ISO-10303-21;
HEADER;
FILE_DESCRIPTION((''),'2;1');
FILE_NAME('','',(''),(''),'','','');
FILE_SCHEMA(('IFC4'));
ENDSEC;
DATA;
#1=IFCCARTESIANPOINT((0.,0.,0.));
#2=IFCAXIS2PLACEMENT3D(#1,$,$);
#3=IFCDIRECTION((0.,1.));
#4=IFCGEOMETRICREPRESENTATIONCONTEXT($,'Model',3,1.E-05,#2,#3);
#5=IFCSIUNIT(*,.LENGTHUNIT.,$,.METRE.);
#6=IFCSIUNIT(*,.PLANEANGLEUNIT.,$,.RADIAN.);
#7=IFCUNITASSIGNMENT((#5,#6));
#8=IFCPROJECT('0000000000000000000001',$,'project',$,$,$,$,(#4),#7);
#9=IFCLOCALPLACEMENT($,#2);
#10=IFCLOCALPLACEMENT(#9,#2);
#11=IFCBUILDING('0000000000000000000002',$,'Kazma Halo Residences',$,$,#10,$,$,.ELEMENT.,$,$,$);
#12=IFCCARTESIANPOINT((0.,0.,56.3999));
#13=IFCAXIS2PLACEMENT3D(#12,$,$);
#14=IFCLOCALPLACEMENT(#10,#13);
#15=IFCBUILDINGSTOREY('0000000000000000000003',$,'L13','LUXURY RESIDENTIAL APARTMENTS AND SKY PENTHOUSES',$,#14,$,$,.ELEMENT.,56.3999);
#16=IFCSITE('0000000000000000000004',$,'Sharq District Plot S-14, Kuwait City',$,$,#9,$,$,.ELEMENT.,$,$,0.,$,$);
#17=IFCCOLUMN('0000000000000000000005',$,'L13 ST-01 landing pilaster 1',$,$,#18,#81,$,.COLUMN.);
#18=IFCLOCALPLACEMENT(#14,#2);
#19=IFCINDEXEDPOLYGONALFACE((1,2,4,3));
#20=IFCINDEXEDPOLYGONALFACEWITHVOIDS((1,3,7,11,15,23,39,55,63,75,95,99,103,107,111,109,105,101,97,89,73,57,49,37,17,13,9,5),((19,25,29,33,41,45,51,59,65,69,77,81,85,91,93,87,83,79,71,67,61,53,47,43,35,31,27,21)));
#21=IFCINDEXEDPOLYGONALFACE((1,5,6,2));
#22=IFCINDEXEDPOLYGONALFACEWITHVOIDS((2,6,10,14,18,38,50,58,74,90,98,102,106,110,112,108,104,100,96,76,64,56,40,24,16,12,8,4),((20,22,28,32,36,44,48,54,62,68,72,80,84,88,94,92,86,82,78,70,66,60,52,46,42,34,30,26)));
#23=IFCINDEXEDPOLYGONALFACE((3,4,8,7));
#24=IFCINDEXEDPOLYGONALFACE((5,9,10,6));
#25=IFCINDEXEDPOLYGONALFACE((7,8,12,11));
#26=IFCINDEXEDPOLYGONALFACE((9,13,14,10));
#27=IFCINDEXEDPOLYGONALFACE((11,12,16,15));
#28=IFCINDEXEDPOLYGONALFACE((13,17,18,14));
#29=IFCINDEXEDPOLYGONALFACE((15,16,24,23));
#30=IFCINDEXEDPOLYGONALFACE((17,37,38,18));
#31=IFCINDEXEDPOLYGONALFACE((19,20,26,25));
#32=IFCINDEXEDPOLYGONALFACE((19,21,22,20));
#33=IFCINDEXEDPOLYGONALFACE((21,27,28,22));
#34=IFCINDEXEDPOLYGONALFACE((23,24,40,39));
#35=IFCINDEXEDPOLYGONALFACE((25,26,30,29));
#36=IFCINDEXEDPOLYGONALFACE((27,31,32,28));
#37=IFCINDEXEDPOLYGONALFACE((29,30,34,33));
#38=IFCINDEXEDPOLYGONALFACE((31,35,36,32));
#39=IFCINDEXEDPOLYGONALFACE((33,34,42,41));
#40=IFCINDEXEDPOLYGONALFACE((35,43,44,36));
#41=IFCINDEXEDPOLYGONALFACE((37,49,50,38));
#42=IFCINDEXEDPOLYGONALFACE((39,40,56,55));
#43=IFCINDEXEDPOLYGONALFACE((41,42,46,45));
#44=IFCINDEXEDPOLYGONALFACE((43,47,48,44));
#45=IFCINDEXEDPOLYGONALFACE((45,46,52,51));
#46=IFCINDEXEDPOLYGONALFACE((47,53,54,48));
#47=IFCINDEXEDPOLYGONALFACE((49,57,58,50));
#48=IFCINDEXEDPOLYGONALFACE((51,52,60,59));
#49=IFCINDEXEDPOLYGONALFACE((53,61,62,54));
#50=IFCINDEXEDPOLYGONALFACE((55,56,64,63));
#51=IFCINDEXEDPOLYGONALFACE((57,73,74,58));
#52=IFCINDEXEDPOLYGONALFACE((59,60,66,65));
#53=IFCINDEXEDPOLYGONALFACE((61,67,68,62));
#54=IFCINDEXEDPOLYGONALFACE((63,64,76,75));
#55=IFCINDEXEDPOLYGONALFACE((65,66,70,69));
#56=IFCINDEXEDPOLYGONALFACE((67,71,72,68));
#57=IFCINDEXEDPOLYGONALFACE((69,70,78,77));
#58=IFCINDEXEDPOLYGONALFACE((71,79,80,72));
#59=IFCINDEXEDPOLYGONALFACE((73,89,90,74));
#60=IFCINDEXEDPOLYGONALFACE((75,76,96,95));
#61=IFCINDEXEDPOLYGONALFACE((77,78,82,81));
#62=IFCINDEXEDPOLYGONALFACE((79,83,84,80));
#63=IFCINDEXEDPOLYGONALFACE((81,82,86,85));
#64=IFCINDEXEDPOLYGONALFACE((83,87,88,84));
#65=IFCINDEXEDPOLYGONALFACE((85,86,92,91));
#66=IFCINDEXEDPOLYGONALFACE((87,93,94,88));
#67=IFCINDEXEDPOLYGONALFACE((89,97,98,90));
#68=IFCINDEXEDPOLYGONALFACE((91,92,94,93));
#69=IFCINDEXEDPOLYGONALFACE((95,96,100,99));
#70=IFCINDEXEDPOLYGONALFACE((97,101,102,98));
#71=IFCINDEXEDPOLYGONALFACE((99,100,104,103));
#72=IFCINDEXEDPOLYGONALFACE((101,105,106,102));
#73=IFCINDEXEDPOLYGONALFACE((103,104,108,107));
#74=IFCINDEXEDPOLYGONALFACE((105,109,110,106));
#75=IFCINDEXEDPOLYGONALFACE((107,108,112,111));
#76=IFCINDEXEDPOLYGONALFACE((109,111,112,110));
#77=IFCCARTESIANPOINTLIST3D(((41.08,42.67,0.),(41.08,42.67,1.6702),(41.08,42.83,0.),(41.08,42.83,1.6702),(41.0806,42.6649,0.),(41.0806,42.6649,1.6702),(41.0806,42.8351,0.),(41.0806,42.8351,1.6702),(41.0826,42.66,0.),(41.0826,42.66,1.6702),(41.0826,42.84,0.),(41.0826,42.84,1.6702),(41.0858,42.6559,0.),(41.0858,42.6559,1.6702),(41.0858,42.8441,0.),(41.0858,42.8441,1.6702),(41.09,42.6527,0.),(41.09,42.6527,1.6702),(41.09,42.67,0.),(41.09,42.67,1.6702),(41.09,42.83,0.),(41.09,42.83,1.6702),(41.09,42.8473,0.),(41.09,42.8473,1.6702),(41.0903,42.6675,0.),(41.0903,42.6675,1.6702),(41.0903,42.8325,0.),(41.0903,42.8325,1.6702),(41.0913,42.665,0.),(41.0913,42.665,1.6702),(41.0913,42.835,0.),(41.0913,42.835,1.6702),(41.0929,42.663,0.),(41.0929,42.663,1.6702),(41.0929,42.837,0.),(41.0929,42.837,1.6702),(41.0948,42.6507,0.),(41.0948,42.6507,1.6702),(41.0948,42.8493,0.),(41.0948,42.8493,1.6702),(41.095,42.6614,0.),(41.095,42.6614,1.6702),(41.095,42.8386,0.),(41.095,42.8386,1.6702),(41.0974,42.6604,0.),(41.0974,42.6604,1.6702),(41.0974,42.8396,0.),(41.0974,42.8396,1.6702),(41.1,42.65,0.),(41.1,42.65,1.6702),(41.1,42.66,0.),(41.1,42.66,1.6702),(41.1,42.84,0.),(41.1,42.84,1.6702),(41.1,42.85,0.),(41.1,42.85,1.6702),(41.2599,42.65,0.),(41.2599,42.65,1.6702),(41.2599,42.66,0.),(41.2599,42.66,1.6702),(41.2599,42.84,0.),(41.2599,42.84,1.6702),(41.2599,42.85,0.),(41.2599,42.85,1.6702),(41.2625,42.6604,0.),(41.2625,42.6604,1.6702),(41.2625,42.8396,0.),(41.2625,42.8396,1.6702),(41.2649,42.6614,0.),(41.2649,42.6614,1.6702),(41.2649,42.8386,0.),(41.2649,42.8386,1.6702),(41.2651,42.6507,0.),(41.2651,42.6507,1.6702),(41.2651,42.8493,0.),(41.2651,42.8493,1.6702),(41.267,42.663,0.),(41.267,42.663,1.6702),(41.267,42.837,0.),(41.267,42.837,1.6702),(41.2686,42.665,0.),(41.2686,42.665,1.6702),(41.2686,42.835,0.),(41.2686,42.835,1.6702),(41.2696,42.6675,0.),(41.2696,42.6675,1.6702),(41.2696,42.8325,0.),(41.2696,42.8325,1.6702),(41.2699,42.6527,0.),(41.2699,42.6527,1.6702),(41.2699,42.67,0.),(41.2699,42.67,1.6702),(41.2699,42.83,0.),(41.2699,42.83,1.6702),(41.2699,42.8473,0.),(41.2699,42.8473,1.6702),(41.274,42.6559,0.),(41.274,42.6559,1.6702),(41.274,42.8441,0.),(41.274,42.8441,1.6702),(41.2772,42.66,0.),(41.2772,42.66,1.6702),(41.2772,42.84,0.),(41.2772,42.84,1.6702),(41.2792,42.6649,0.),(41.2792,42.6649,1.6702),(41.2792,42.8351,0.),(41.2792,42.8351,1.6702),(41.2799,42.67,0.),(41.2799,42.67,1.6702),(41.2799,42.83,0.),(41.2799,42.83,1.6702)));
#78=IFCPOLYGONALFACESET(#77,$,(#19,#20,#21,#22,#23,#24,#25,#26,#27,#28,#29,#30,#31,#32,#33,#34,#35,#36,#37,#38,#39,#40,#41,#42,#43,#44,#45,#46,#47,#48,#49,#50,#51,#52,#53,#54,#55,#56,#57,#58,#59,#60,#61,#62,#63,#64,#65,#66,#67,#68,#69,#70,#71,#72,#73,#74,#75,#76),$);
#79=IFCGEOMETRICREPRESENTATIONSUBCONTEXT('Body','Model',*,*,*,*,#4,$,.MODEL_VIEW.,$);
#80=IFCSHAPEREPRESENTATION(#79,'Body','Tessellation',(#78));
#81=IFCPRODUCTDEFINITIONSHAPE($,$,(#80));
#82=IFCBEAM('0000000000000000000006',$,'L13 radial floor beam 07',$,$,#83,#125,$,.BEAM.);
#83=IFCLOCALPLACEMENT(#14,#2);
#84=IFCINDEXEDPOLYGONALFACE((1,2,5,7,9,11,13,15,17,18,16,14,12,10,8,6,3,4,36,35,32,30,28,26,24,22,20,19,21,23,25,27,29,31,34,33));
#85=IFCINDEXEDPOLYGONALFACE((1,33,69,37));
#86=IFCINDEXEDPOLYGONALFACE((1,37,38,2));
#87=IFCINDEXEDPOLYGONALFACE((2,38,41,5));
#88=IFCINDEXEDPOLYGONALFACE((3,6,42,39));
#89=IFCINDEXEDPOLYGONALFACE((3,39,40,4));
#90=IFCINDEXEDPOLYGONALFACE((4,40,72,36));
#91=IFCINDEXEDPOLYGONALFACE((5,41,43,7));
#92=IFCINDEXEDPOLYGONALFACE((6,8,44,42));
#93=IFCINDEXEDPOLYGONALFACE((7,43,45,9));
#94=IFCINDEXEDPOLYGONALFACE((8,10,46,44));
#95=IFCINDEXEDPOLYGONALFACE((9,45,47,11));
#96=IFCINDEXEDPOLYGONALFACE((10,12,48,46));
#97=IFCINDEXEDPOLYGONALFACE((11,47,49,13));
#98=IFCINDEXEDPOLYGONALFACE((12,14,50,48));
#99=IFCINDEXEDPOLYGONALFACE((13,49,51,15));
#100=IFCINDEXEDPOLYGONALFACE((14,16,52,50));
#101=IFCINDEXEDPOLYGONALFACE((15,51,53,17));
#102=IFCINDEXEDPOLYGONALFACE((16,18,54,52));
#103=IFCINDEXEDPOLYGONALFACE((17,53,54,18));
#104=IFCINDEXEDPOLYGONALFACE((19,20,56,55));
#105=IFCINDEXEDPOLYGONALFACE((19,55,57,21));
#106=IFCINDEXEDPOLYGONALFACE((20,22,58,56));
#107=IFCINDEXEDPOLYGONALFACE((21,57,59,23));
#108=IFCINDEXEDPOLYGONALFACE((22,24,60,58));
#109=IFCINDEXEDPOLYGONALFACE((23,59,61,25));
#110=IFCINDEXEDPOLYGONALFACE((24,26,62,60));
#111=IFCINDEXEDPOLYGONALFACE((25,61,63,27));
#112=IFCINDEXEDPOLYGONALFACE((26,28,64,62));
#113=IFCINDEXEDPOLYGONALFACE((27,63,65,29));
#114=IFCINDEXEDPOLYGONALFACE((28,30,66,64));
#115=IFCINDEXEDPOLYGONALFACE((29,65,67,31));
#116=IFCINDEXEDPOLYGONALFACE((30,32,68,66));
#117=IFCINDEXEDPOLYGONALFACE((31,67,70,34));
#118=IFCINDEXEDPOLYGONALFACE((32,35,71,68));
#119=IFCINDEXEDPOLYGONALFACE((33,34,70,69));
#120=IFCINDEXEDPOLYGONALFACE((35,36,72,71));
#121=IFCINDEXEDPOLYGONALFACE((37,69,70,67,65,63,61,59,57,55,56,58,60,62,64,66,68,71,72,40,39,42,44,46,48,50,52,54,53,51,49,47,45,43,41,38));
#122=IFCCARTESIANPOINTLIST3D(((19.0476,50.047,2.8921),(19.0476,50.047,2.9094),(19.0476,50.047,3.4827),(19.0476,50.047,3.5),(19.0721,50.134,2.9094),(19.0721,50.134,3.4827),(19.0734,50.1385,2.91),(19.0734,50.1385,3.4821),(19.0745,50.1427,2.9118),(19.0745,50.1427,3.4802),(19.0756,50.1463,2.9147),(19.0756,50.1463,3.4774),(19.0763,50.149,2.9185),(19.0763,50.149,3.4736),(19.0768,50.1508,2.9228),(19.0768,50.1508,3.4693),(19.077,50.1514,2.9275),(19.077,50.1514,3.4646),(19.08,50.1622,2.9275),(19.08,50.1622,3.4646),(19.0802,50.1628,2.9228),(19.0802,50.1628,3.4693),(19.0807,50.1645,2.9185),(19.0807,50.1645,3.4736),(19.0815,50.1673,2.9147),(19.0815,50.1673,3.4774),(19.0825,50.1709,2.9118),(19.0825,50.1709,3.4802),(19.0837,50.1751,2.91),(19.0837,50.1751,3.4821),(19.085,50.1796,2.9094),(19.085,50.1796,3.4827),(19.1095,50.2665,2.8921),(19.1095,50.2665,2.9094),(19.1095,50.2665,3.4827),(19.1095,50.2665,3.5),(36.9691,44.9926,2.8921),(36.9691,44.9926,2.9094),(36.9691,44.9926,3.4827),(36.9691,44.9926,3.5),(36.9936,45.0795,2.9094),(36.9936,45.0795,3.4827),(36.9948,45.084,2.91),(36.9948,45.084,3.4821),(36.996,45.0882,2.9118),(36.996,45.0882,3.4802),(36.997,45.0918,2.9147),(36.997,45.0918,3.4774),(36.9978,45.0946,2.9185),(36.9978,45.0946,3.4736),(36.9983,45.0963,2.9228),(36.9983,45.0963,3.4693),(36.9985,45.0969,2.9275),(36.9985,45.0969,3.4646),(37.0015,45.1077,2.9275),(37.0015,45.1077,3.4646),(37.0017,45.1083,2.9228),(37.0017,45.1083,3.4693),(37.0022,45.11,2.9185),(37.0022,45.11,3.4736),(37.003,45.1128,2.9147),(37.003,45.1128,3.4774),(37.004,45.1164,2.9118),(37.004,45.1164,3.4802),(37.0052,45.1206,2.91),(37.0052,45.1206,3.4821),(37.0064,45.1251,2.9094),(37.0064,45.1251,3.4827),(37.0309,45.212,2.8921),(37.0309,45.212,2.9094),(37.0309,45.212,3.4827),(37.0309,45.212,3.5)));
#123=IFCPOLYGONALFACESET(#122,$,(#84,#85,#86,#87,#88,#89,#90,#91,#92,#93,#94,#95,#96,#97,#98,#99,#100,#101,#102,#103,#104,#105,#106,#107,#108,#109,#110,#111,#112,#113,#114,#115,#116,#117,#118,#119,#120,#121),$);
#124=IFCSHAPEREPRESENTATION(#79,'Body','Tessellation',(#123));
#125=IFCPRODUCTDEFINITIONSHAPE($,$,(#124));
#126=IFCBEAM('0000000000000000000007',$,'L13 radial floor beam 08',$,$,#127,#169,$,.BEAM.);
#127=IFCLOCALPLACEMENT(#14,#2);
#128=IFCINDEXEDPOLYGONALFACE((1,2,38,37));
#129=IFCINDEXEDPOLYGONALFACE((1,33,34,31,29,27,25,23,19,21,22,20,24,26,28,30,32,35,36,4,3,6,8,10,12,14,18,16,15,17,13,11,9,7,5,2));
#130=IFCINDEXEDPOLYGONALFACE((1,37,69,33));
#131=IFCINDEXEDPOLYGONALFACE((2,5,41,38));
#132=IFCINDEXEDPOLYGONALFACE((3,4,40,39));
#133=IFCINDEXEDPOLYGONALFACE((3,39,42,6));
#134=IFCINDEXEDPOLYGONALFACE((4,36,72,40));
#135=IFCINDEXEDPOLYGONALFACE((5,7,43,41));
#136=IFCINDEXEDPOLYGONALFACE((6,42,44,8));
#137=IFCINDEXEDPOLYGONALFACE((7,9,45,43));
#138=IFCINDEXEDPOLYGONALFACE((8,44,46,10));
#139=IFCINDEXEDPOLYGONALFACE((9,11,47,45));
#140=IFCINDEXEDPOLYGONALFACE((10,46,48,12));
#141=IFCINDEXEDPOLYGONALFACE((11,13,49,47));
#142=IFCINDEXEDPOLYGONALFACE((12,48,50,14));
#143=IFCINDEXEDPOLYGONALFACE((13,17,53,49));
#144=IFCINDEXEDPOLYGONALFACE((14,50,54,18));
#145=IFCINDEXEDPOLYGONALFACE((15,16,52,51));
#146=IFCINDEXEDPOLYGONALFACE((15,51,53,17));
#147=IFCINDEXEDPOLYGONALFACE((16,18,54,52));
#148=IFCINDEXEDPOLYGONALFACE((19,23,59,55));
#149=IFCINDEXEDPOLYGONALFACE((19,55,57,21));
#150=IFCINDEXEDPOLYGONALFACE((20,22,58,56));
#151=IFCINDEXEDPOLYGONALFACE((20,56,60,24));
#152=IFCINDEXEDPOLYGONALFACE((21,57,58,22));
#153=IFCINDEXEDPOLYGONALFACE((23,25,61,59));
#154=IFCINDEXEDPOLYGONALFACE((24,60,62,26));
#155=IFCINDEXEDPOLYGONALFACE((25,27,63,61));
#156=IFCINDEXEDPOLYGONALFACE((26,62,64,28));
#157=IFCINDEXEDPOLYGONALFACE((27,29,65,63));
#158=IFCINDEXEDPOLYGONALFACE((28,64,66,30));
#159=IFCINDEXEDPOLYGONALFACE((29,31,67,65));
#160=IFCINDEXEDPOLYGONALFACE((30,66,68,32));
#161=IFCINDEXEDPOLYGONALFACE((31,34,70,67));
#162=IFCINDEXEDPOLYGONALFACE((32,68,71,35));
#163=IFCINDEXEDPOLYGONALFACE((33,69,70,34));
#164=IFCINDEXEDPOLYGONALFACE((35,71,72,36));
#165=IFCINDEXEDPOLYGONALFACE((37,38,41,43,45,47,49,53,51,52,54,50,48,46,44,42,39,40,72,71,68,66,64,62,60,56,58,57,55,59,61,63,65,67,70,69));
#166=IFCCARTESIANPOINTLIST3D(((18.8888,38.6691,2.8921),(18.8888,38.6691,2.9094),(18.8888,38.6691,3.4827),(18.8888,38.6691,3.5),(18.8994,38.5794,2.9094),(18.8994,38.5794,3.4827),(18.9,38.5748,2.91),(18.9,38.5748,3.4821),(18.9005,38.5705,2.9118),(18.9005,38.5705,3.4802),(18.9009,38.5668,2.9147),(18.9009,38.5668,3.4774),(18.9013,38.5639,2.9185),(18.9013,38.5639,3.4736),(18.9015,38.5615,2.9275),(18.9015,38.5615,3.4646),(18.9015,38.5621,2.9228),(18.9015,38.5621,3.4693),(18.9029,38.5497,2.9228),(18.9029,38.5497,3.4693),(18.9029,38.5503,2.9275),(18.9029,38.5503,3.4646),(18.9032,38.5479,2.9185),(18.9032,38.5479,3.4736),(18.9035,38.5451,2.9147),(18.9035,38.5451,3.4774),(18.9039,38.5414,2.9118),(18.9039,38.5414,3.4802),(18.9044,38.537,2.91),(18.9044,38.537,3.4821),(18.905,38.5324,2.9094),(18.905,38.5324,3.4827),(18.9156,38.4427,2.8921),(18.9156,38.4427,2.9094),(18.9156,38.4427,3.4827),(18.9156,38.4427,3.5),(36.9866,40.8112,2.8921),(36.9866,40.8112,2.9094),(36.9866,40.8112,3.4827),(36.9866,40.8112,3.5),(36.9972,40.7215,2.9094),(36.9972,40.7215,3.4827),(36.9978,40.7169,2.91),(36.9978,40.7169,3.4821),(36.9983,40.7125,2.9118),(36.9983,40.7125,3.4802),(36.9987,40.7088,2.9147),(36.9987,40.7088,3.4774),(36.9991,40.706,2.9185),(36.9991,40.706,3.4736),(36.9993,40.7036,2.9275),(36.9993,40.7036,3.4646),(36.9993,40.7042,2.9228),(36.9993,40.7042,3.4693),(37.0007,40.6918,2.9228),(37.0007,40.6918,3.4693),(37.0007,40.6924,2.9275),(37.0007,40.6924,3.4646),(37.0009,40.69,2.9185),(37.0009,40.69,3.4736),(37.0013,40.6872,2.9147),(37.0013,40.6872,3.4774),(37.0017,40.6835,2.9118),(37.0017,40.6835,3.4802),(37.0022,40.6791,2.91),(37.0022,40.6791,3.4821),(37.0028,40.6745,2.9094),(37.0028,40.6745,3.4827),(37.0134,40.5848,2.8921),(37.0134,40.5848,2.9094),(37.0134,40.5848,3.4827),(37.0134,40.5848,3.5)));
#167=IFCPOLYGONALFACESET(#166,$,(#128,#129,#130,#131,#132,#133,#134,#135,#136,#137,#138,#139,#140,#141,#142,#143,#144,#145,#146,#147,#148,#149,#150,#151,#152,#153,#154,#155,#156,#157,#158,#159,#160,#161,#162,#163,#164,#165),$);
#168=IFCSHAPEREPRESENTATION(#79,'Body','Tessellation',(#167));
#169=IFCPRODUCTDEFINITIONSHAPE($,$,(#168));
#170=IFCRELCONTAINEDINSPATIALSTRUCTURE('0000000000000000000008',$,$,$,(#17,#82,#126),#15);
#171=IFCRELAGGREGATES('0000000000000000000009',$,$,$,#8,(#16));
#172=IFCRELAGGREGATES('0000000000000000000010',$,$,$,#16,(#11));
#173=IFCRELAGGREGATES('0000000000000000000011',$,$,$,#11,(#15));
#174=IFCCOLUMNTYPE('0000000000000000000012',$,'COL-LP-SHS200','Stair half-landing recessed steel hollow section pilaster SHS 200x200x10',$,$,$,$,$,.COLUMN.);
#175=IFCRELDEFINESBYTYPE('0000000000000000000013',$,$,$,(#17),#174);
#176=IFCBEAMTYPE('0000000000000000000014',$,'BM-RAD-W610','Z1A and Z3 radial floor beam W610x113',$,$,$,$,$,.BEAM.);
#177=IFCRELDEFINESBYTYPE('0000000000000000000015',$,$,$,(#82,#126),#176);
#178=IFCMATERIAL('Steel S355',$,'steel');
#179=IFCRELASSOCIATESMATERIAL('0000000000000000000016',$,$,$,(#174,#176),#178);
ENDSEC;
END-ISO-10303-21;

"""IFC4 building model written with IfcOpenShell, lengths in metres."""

from ifc_helpers import new_model, si_unit, direction, frame, origin, origin_2d, place, context, subcontext, project, spatial, hollow_rectangle, i_section, extrude, material, material_profile, profile_set, type_object, element, save


model = new_model("IFC4")

# Units and contexts
model_context = context("Model", 3, precision=1e-05, world=origin(), true_north=direction((0.0, 1.0)))
body_context = subcontext(model_context, "Body", "Model", "MODEL_VIEW")
ifc_project = project(units=[si_unit("LENGTHUNIT", "METRE"), si_unit("PLANEANGLEUNIT", "RADIAN")], contexts=[model_context])

# Site, building, storey
site_placement = place(None, origin())
site = spatial("IfcSite", under=ifc_project, at=site_placement, Name="Sharq District Plot S-14, Kuwait City", CompositionType="ELEMENT", RefElevation=0.0)
building_placement = place(site_placement, origin())
building = spatial("IfcBuilding", under=site, at=building_placement, Name="Kazma Halo Residences", CompositionType="ELEMENT")
storey_placement = place(building_placement, frame((0.0, 0.0, 56.3999)))
storey = spatial("IfcBuildingStorey", under=building, at=storey_placement, Name="L13", Description="LUXURY RESIDENTIAL APARTMENTS AND SKY PENTHOUSES", CompositionType="ELEMENT", Elevation=56.3999)

# Column
ifc_material_1 = material(Name="Steel S355", Category="steel")
ifc_material_profile_1 = material_profile(ifc_material_1, hollow_rectangle(XDim=0.2, YDim=0.2, WallThickness=0.01, InnerFilletRadius=0.01, OuterFilletRadius=0.02, at=origin_2d()), Name="SHS200x200x10")
ifc_profile_set_1 = profile_set([ifc_material_profile_1], Name="Steel S355")
column_type = type_object("IfcColumnType", Name="COL-LP-SHS200", Description="Stair half-landing recessed steel hollow section pilaster SHS 200x200x10", PredefinedType="COLUMN", material=ifc_profile_set_1)
column_placement = place(storey_placement, frame((41.1799, 42.75, 0.0), z_axis=(0.0, 0.0, 1.0), x_axis=(1.0, 0.0, 0.0)))
element("IfcColumn", 1, at=column_placement, inside=storey, type_object=column_type, Name="L13 ST-01 landing pilaster 1", PredefinedType="COLUMN", context=body_context, shape_type="SweptSolid", body=[
    extrude(hollow_rectangle(XDim=0.2, YDim=0.2, WallThickness=0.01, InnerFilletRadius=0.01, OuterFilletRadius=0.02, at=origin_2d()), origin(), (0.0, 0.0, 1.0), 1.6702),
])

# Beams
ifc_material_profile_2 = material_profile(ifc_material_1, i_section(OverallWidth=0.228, OverallDepth=0.6079, WebThickness=0.0112, FlangeThickness=0.0173, FilletRadius=0.0181, at=origin_2d()), Name="W610x113")
ifc_profile_set_2 = profile_set([ifc_material_profile_2], Name="Steel S355")
beam_type_1 = type_object("IfcBeamType", Name="BM-RAD-W610", Description="Z1A and Z3 radial floor beam W610x113", PredefinedType="BEAM", material=ifc_profile_set_2)
beam_1_placement = place(storey_placement, frame((37.0, 45.1023, 3.196), z_axis=(-0.962454, 0.271445, 0.0), x_axis=(-0.271445, -0.962454, 0.0)))
element("IfcBeam", 2, at=beam_1_placement, inside=storey, type_object=beam_type_1, Name="L13 radial floor beam 07", PredefinedType="BEAM", context=body_context, shape_type="SweptSolid", body=[
    extrude(i_section(OverallWidth=0.228, OverallDepth=0.6079, WebThickness=0.0112, FlangeThickness=0.0173, FilletRadius=0.0181, at=origin_2d()), origin(), (0.0, 0.0, 1.0), 18.6206),
])
beam_2_placement = place(storey_placement, frame((37.0, 40.698, 3.196), z_axis=(-0.993068, -0.117541, 0.0), x_axis=(0.117541, -0.993068, 0.0)))
element("IfcBeam", 3, at=beam_2_placement, inside=storey, type_object=beam_type_1, Name="L13 radial floor beam 08", PredefinedType="BEAM", context=body_context, shape_type="SweptSolid", body=[
    extrude(i_section(OverallWidth=0.228, OverallDepth=0.6079, WebThickness=0.0112, FlangeThickness=0.0173, FilletRadius=0.0181, at=origin_2d()), origin(), (0.0, 0.0, 1.0), 18.2241),
])

save(model, "model.ifc")
